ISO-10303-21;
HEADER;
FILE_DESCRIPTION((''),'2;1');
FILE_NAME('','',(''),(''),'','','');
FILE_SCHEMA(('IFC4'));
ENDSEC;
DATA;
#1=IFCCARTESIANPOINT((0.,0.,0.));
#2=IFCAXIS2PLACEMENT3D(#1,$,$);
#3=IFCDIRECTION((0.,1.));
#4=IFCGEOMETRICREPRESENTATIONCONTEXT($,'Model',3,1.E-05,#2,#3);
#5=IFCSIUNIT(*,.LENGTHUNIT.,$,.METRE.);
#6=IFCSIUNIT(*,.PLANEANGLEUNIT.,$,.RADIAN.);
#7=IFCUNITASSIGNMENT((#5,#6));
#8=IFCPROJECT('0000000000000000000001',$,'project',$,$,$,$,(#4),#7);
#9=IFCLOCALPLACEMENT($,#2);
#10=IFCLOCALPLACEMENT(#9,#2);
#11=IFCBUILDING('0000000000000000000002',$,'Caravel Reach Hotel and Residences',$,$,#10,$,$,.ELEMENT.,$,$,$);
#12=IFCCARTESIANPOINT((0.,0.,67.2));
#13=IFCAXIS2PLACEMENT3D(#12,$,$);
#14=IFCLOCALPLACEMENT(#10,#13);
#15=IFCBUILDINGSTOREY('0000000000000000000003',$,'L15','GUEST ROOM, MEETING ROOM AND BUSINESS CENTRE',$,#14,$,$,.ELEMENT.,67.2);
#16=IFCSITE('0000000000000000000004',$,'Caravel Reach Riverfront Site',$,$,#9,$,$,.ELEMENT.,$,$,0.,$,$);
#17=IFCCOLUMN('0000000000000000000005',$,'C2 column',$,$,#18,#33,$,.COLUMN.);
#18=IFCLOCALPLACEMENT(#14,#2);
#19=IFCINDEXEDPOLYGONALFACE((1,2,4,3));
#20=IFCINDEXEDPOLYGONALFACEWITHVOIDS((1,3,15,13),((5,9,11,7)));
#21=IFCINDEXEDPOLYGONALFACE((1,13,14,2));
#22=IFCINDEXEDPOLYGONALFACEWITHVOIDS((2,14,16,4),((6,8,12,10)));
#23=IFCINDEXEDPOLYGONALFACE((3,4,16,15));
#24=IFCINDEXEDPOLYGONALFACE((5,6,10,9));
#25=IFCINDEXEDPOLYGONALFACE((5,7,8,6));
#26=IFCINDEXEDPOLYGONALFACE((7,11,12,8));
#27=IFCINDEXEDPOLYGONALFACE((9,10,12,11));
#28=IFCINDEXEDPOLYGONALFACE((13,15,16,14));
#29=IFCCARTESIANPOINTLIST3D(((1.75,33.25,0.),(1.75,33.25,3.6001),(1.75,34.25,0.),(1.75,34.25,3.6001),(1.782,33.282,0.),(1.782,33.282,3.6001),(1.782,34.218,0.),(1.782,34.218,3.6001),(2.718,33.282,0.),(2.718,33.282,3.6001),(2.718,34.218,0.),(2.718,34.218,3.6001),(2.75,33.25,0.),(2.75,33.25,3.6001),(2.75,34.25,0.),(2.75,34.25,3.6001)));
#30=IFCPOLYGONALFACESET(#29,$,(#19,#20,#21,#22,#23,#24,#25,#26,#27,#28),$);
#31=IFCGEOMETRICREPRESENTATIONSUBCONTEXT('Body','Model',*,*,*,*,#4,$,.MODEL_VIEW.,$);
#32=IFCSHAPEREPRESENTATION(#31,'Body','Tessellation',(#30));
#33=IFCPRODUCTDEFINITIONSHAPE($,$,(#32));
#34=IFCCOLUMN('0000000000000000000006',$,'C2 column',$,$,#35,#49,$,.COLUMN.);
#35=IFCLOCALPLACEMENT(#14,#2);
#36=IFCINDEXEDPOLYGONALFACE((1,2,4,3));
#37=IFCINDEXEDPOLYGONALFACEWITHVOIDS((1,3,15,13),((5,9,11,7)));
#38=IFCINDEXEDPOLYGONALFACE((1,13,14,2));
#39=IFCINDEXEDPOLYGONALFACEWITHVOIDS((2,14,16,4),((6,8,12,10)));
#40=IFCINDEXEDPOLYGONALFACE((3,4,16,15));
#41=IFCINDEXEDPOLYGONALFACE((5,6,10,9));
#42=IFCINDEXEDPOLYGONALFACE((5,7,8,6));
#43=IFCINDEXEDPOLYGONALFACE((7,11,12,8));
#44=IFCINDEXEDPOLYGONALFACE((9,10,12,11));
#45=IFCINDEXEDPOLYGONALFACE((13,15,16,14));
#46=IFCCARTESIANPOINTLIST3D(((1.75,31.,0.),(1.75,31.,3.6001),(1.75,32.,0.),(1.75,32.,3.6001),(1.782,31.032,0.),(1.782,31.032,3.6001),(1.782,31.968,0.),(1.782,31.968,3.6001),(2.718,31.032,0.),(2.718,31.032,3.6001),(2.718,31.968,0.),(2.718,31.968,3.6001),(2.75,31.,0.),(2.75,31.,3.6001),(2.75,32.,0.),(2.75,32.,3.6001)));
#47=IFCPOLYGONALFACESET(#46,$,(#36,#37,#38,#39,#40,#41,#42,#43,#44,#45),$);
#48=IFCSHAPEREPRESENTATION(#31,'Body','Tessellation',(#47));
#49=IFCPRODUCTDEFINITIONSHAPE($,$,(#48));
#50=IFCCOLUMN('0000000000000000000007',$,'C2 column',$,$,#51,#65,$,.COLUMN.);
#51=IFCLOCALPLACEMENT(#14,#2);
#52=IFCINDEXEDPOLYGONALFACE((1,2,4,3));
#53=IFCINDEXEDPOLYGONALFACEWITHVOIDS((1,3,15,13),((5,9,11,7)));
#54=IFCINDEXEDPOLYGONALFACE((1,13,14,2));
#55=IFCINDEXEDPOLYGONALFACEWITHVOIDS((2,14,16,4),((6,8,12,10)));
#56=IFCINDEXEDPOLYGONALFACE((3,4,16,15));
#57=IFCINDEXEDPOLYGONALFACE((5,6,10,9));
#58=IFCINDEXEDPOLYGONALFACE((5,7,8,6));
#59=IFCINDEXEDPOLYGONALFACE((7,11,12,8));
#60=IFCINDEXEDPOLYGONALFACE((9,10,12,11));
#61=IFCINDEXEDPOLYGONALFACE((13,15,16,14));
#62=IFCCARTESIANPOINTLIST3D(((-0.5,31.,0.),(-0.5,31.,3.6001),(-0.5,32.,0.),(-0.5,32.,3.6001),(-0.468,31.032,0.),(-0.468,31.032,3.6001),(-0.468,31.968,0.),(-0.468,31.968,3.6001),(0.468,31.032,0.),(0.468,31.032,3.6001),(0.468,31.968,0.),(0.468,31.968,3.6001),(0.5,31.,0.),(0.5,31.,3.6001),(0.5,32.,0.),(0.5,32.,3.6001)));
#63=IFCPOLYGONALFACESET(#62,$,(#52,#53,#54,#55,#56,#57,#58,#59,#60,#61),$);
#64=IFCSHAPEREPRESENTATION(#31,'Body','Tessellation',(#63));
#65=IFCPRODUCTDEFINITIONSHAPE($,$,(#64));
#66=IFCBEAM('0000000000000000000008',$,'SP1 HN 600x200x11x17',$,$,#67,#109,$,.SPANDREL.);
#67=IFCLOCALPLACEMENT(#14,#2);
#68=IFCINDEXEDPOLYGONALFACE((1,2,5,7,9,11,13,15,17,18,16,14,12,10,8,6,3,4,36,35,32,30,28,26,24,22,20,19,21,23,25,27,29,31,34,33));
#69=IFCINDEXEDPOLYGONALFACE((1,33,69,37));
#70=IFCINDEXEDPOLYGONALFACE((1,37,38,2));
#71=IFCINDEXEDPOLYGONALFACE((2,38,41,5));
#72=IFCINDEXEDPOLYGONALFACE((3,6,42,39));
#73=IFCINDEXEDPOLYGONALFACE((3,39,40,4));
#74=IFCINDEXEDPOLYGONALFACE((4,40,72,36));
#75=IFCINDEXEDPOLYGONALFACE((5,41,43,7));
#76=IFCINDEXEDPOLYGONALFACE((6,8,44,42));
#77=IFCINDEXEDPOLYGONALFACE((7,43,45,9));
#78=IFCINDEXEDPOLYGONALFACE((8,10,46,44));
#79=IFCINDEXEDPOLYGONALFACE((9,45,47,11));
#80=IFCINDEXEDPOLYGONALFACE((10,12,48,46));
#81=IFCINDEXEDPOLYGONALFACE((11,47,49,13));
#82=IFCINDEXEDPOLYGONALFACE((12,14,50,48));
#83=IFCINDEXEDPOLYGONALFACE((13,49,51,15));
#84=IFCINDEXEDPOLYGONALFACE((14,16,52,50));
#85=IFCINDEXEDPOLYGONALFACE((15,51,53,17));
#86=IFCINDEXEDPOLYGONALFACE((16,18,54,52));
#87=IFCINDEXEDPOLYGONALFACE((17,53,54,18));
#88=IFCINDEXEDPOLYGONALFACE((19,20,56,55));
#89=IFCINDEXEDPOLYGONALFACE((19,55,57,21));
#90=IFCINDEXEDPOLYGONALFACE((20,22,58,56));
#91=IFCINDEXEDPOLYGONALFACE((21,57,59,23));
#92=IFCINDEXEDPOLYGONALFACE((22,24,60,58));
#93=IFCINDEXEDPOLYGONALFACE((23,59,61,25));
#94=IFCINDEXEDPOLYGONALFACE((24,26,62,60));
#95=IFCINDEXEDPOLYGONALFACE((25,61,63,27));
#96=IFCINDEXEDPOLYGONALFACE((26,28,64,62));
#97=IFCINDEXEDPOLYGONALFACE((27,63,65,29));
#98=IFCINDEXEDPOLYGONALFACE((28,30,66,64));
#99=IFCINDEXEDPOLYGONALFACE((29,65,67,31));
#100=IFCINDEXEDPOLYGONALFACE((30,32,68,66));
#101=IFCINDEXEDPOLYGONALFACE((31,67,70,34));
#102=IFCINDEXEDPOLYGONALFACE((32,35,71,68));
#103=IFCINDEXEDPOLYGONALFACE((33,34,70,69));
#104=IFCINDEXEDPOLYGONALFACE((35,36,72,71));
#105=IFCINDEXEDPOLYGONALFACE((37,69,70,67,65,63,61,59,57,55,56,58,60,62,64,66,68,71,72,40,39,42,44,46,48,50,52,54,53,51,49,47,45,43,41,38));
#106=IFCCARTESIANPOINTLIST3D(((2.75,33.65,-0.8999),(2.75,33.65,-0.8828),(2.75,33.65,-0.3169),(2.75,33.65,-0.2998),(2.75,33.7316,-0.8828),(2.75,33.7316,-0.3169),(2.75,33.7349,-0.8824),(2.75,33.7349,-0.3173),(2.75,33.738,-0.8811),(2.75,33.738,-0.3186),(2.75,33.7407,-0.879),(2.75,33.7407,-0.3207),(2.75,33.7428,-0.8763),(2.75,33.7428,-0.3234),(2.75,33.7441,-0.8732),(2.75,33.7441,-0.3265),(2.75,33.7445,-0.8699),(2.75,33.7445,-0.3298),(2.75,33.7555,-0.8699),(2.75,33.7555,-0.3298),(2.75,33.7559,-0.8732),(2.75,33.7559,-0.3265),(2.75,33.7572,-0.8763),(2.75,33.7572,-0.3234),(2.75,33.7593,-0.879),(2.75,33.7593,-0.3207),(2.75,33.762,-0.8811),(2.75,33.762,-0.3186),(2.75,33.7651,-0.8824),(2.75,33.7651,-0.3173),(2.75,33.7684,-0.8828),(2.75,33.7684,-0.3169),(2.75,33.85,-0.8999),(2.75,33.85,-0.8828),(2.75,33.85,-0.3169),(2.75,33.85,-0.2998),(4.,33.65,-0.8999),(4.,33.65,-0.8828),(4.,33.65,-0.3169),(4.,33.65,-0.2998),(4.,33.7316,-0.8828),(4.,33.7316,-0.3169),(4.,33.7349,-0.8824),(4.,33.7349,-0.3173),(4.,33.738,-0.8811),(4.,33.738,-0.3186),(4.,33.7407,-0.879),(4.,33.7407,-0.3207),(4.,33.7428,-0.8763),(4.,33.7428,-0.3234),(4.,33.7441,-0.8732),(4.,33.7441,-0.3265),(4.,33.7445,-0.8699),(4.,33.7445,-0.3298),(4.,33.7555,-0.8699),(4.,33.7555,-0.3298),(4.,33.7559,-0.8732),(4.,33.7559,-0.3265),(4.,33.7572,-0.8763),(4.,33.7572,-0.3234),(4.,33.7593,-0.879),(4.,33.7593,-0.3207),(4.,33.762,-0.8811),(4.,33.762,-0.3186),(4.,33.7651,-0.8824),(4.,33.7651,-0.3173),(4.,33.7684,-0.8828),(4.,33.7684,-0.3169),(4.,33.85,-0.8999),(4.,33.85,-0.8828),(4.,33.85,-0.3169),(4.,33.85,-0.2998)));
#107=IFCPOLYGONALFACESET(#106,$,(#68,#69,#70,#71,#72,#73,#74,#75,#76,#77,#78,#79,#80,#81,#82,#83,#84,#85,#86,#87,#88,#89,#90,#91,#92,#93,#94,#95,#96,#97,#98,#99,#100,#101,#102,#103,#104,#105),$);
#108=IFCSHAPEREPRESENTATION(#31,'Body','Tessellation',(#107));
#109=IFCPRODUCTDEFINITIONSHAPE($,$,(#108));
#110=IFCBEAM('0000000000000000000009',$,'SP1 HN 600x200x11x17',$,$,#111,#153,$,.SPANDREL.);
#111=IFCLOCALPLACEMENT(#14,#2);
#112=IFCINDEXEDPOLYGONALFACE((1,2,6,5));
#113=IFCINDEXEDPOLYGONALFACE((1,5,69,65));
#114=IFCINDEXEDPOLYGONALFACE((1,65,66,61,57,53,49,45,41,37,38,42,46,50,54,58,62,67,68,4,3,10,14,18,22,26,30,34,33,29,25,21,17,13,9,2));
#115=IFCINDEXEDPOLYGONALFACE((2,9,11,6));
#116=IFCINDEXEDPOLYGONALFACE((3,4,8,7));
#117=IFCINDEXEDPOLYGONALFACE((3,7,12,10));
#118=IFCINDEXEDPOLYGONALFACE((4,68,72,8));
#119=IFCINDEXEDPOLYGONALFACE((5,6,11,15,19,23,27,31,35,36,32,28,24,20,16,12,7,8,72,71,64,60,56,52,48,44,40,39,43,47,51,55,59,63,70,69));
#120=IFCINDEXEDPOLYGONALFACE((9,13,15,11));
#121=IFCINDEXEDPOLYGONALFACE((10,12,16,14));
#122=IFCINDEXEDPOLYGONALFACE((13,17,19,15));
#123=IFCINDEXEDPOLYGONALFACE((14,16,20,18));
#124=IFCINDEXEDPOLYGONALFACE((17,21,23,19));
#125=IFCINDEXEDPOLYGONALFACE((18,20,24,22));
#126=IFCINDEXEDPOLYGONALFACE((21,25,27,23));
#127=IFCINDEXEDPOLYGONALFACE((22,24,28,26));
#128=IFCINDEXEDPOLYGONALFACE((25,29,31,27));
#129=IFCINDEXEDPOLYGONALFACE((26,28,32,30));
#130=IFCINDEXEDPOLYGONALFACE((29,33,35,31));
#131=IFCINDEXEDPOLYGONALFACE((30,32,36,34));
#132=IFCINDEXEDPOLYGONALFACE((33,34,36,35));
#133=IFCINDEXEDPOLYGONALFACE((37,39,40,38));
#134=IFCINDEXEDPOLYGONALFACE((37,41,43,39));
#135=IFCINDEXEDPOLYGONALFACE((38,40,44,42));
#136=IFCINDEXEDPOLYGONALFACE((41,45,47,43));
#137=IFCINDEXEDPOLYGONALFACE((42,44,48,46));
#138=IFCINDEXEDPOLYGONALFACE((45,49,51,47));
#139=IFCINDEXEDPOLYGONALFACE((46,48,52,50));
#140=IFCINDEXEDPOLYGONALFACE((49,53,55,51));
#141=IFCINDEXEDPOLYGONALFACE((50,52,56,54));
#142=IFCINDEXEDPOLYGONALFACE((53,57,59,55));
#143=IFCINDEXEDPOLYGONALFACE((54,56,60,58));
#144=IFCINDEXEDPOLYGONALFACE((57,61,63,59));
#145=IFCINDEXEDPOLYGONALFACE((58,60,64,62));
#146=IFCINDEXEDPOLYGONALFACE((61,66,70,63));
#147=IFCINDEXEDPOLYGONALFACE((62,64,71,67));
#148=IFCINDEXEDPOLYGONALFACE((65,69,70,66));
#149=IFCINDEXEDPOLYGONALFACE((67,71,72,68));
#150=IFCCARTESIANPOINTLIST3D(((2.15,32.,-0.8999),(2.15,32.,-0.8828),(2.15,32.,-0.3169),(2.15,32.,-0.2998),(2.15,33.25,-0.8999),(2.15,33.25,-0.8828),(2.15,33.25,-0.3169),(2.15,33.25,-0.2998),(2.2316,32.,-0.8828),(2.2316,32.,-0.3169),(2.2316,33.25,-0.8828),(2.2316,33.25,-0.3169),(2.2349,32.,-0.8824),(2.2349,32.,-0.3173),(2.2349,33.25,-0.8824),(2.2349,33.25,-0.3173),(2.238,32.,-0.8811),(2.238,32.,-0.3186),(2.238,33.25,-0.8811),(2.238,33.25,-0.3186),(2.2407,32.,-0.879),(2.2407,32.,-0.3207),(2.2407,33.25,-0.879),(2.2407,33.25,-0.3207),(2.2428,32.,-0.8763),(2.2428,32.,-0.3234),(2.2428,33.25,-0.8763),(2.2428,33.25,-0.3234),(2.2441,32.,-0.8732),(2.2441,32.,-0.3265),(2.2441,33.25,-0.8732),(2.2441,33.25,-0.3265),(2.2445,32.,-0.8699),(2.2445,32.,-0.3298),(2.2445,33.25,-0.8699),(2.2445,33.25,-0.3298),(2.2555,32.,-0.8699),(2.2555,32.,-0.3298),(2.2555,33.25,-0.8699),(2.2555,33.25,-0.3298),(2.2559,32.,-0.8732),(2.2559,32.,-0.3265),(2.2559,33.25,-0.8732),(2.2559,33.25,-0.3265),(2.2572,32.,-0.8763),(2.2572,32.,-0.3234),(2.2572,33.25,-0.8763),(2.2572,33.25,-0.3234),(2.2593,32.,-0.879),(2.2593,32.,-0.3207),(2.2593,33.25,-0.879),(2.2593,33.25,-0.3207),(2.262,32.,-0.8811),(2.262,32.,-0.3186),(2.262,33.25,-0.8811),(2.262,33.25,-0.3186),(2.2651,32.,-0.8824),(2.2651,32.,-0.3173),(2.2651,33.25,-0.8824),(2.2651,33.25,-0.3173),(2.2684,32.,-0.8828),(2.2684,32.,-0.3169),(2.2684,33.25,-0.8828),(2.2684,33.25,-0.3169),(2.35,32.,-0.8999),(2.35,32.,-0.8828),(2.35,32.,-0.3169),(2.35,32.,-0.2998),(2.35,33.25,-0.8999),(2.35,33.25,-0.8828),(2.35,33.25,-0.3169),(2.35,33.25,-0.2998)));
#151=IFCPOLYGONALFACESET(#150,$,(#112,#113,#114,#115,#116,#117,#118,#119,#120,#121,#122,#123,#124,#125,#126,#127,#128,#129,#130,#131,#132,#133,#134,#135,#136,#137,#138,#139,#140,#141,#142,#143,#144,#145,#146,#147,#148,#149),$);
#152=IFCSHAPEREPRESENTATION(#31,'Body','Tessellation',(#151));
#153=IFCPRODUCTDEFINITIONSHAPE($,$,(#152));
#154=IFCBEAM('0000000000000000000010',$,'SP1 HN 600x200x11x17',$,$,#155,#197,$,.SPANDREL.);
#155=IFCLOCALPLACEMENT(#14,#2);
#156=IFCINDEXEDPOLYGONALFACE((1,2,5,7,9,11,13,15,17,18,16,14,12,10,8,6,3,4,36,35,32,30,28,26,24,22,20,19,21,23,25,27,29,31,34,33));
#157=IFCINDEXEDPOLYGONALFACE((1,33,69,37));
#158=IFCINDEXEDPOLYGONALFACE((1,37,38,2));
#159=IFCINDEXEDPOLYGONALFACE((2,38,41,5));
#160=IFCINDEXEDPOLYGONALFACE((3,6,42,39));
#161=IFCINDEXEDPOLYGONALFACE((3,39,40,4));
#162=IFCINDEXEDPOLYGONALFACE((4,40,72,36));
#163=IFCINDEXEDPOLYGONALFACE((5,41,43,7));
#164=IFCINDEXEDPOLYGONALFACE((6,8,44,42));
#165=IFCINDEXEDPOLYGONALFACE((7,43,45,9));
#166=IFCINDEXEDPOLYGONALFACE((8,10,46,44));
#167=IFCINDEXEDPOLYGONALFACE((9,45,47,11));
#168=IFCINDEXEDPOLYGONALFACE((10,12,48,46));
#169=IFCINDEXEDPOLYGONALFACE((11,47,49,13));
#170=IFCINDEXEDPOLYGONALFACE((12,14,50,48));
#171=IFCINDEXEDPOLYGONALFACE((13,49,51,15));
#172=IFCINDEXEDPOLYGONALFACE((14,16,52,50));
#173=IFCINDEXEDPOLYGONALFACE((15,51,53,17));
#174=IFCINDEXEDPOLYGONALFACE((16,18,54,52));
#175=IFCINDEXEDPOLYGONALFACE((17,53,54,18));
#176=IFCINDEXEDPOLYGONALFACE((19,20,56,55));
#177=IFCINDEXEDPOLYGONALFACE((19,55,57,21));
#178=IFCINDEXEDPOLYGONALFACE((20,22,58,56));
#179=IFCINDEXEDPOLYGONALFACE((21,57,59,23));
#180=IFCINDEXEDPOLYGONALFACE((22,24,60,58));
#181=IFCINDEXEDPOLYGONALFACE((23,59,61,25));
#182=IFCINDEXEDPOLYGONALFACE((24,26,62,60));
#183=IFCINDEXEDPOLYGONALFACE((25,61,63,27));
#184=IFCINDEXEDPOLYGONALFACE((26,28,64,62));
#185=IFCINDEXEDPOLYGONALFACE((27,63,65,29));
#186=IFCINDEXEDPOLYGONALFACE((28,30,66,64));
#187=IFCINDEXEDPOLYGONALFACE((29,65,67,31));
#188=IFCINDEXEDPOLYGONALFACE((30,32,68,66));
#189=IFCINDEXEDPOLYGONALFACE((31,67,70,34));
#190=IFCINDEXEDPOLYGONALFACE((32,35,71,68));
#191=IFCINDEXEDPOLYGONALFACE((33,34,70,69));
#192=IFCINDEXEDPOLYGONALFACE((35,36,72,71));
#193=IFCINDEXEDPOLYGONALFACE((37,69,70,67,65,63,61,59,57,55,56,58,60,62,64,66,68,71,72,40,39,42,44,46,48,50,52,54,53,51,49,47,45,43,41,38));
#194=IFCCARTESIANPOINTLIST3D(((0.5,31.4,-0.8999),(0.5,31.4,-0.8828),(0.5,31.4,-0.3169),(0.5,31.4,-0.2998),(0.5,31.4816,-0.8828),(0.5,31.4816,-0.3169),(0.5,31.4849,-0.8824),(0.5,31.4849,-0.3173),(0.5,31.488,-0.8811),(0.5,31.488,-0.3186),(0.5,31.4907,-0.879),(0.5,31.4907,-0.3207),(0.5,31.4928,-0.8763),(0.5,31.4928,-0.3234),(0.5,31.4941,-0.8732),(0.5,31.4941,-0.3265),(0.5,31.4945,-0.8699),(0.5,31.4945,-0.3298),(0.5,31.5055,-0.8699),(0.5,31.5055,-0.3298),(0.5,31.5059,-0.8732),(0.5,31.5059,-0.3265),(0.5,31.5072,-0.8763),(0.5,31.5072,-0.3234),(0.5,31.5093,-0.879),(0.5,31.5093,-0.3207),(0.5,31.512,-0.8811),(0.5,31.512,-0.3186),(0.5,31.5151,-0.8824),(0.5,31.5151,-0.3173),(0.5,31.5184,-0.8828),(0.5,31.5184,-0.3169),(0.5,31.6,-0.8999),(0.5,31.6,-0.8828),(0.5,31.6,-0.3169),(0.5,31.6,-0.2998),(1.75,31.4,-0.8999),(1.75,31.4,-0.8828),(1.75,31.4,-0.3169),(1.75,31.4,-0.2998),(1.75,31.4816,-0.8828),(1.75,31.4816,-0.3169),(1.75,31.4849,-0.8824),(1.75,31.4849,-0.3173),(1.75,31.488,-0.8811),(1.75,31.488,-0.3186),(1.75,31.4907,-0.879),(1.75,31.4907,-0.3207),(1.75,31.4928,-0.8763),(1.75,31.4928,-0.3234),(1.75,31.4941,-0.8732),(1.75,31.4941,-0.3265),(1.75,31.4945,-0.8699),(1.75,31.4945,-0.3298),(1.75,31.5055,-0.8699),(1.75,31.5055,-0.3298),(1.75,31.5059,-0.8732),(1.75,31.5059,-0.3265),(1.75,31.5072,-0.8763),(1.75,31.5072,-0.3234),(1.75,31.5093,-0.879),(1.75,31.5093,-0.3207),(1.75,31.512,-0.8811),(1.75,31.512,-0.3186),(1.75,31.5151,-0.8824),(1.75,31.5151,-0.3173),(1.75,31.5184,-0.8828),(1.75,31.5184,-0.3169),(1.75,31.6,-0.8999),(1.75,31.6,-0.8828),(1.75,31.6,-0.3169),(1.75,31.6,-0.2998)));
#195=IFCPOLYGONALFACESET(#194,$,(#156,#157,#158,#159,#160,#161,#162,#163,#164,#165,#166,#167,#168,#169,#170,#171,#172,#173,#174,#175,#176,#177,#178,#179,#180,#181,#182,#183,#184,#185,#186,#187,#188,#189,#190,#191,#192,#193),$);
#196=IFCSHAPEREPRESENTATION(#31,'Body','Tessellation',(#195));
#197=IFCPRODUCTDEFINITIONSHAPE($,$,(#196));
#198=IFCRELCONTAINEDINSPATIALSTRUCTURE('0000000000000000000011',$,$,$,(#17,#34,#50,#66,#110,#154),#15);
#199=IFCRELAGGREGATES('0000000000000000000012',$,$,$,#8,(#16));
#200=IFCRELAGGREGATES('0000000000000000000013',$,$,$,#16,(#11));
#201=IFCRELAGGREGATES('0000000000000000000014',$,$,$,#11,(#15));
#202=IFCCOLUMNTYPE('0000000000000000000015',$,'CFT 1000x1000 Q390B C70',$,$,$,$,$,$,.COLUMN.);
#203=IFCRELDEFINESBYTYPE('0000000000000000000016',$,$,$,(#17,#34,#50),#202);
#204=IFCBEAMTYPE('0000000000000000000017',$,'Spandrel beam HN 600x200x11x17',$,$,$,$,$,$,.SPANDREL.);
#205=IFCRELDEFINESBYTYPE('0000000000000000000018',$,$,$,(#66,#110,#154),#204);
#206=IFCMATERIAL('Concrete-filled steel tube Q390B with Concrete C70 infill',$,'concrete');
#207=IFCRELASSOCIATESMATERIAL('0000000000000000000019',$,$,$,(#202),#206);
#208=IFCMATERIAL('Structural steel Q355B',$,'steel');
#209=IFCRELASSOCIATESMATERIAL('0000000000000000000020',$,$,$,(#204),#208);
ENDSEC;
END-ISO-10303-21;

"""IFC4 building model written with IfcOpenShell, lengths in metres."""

from ifc_helpers import new_model, si_unit, direction, frame, origin, origin_2d, place, context, subcontext, project, spatial, hollow_rectangle, i_section, extrude, material, material_profile, profile_set, type_object, element, save


model = new_model("IFC4")

# Units and contexts
model_context = context("Model", 3, precision=1e-05, world=origin(), true_north=direction((0.0, 1.0)))
body_context = subcontext(model_context, "Body", "Model", "MODEL_VIEW")
ifc_project = project(units=[si_unit("LENGTHUNIT", "METRE"), si_unit("PLANEANGLEUNIT", "RADIAN")], contexts=[model_context])

# Site, building, storey
site_placement = place(None, origin())
site = spatial("IfcSite", under=ifc_project, at=site_placement, Name="Caravel Reach Riverfront Site", CompositionType="ELEMENT", RefElevation=0.0)
building_placement = place(site_placement, origin())
building = spatial("IfcBuilding", under=site, at=building_placement, Name="Caravel Reach Hotel and Residences", CompositionType="ELEMENT")
storey_placement = place(building_placement, frame((0.0, 0.0, 67.2)))
storey = spatial("IfcBuildingStorey", under=building, at=storey_placement, Name="L15", Description="GUEST ROOM, MEETING ROOM AND BUSINESS CENTRE", CompositionType="ELEMENT", Elevation=67.2)

# Columns
ifc_material_1 = material(Name="Concrete-filled steel tube Q390B with Concrete C70 infill", Category="concrete")
ifc_material_profile_1 = material_profile(ifc_material_1, hollow_rectangle(XDim=1.0, YDim=1.0, WallThickness=0.032, at=origin_2d()), Name="RHS 1000x1000x32")
ifc_profile_set_1 = profile_set([ifc_material_profile_1], Name="Concrete-filled steel tube Q390B with Concrete C70 infill")
column_type = type_object("IfcColumnType", Name="CFT 1000x1000 Q390B C70", PredefinedType="COLUMN", material=ifc_profile_set_1)
for number, where, z_axis, x_axis, name in (
    (1, (2.25, 33.75, 0.0), (0.0, 0.0, 1.0), (1.0, 0.0, 0.0), "C2 column"),
    (2, (2.25, 31.5, 0.0), (0.0, 0.0, 1.0), (1.0, 0.0, 0.0), "C2 column"),
    (3, (0.0, 31.5, 0.0), (0.0, 0.0, 1.0), (1.0, 0.0, 0.0), "C2 column"),
):
    element("IfcColumn", number, at=place(storey_placement, frame(where, z_axis=z_axis, x_axis=x_axis)), inside=storey, type_object=column_type, Name=name, PredefinedType="COLUMN", context=body_context, shape_type="SweptSolid", body=[
        extrude(hollow_rectangle(XDim=1.0, YDim=1.0, WallThickness=0.032, at=origin_2d()), origin(), (0.0, 0.0, 1.0), 3.6001),
    ])

# Beams
ifc_material_2 = material(Name="Structural steel Q355B", Category="steel")
ifc_material_profile_2 = material_profile(ifc_material_2, i_section(OverallWidth=0.2, OverallDepth=0.6001, WebThickness=0.011, FlangeThickness=0.0171, FilletRadius=0.0129, at=origin_2d()), Name="HN 600x200x11x17")
ifc_profile_set_2 = profile_set([ifc_material_profile_2], Name="Structural steel Q355B")
beam_type = type_object("IfcBeamType", Name="Spandrel beam HN 600x200x11x17", PredefinedType="SPANDREL", material=ifc_profile_set_2)
for number, where, z_axis, x_axis, name in (
    (4, (4.0, 33.75, -0.5999), (-1.0, 0.0, 0.0), (0.0, -1.0, 0.0), "SP1 HN 600x200x11x17"),
    (5, (2.25, 33.25, -0.5999), (0.0, -1.0, 0.0), (1.0, 0.0, 0.0), "SP1 HN 600x200x11x17"),
    (6, (1.75, 31.5, -0.5999), (-1.0, 0.0, 0.0), (0.0, -1.0, 0.0), "SP1 HN 600x200x11x17"),
):
    element("IfcBeam", number, at=place(storey_placement, frame(where, z_axis=z_axis, x_axis=x_axis)), inside=storey, type_object=beam_type, Name=name, PredefinedType="SPANDREL", context=body_context, shape_type="SweptSolid", body=[
        extrude(i_section(OverallWidth=0.2, OverallDepth=0.6001, WebThickness=0.011, FlangeThickness=0.0171, FilletRadius=0.0129, at=origin_2d()), origin(), (0.0, 0.0, 1.0), 1.25),
    ])

save(model, "model.ifc")
